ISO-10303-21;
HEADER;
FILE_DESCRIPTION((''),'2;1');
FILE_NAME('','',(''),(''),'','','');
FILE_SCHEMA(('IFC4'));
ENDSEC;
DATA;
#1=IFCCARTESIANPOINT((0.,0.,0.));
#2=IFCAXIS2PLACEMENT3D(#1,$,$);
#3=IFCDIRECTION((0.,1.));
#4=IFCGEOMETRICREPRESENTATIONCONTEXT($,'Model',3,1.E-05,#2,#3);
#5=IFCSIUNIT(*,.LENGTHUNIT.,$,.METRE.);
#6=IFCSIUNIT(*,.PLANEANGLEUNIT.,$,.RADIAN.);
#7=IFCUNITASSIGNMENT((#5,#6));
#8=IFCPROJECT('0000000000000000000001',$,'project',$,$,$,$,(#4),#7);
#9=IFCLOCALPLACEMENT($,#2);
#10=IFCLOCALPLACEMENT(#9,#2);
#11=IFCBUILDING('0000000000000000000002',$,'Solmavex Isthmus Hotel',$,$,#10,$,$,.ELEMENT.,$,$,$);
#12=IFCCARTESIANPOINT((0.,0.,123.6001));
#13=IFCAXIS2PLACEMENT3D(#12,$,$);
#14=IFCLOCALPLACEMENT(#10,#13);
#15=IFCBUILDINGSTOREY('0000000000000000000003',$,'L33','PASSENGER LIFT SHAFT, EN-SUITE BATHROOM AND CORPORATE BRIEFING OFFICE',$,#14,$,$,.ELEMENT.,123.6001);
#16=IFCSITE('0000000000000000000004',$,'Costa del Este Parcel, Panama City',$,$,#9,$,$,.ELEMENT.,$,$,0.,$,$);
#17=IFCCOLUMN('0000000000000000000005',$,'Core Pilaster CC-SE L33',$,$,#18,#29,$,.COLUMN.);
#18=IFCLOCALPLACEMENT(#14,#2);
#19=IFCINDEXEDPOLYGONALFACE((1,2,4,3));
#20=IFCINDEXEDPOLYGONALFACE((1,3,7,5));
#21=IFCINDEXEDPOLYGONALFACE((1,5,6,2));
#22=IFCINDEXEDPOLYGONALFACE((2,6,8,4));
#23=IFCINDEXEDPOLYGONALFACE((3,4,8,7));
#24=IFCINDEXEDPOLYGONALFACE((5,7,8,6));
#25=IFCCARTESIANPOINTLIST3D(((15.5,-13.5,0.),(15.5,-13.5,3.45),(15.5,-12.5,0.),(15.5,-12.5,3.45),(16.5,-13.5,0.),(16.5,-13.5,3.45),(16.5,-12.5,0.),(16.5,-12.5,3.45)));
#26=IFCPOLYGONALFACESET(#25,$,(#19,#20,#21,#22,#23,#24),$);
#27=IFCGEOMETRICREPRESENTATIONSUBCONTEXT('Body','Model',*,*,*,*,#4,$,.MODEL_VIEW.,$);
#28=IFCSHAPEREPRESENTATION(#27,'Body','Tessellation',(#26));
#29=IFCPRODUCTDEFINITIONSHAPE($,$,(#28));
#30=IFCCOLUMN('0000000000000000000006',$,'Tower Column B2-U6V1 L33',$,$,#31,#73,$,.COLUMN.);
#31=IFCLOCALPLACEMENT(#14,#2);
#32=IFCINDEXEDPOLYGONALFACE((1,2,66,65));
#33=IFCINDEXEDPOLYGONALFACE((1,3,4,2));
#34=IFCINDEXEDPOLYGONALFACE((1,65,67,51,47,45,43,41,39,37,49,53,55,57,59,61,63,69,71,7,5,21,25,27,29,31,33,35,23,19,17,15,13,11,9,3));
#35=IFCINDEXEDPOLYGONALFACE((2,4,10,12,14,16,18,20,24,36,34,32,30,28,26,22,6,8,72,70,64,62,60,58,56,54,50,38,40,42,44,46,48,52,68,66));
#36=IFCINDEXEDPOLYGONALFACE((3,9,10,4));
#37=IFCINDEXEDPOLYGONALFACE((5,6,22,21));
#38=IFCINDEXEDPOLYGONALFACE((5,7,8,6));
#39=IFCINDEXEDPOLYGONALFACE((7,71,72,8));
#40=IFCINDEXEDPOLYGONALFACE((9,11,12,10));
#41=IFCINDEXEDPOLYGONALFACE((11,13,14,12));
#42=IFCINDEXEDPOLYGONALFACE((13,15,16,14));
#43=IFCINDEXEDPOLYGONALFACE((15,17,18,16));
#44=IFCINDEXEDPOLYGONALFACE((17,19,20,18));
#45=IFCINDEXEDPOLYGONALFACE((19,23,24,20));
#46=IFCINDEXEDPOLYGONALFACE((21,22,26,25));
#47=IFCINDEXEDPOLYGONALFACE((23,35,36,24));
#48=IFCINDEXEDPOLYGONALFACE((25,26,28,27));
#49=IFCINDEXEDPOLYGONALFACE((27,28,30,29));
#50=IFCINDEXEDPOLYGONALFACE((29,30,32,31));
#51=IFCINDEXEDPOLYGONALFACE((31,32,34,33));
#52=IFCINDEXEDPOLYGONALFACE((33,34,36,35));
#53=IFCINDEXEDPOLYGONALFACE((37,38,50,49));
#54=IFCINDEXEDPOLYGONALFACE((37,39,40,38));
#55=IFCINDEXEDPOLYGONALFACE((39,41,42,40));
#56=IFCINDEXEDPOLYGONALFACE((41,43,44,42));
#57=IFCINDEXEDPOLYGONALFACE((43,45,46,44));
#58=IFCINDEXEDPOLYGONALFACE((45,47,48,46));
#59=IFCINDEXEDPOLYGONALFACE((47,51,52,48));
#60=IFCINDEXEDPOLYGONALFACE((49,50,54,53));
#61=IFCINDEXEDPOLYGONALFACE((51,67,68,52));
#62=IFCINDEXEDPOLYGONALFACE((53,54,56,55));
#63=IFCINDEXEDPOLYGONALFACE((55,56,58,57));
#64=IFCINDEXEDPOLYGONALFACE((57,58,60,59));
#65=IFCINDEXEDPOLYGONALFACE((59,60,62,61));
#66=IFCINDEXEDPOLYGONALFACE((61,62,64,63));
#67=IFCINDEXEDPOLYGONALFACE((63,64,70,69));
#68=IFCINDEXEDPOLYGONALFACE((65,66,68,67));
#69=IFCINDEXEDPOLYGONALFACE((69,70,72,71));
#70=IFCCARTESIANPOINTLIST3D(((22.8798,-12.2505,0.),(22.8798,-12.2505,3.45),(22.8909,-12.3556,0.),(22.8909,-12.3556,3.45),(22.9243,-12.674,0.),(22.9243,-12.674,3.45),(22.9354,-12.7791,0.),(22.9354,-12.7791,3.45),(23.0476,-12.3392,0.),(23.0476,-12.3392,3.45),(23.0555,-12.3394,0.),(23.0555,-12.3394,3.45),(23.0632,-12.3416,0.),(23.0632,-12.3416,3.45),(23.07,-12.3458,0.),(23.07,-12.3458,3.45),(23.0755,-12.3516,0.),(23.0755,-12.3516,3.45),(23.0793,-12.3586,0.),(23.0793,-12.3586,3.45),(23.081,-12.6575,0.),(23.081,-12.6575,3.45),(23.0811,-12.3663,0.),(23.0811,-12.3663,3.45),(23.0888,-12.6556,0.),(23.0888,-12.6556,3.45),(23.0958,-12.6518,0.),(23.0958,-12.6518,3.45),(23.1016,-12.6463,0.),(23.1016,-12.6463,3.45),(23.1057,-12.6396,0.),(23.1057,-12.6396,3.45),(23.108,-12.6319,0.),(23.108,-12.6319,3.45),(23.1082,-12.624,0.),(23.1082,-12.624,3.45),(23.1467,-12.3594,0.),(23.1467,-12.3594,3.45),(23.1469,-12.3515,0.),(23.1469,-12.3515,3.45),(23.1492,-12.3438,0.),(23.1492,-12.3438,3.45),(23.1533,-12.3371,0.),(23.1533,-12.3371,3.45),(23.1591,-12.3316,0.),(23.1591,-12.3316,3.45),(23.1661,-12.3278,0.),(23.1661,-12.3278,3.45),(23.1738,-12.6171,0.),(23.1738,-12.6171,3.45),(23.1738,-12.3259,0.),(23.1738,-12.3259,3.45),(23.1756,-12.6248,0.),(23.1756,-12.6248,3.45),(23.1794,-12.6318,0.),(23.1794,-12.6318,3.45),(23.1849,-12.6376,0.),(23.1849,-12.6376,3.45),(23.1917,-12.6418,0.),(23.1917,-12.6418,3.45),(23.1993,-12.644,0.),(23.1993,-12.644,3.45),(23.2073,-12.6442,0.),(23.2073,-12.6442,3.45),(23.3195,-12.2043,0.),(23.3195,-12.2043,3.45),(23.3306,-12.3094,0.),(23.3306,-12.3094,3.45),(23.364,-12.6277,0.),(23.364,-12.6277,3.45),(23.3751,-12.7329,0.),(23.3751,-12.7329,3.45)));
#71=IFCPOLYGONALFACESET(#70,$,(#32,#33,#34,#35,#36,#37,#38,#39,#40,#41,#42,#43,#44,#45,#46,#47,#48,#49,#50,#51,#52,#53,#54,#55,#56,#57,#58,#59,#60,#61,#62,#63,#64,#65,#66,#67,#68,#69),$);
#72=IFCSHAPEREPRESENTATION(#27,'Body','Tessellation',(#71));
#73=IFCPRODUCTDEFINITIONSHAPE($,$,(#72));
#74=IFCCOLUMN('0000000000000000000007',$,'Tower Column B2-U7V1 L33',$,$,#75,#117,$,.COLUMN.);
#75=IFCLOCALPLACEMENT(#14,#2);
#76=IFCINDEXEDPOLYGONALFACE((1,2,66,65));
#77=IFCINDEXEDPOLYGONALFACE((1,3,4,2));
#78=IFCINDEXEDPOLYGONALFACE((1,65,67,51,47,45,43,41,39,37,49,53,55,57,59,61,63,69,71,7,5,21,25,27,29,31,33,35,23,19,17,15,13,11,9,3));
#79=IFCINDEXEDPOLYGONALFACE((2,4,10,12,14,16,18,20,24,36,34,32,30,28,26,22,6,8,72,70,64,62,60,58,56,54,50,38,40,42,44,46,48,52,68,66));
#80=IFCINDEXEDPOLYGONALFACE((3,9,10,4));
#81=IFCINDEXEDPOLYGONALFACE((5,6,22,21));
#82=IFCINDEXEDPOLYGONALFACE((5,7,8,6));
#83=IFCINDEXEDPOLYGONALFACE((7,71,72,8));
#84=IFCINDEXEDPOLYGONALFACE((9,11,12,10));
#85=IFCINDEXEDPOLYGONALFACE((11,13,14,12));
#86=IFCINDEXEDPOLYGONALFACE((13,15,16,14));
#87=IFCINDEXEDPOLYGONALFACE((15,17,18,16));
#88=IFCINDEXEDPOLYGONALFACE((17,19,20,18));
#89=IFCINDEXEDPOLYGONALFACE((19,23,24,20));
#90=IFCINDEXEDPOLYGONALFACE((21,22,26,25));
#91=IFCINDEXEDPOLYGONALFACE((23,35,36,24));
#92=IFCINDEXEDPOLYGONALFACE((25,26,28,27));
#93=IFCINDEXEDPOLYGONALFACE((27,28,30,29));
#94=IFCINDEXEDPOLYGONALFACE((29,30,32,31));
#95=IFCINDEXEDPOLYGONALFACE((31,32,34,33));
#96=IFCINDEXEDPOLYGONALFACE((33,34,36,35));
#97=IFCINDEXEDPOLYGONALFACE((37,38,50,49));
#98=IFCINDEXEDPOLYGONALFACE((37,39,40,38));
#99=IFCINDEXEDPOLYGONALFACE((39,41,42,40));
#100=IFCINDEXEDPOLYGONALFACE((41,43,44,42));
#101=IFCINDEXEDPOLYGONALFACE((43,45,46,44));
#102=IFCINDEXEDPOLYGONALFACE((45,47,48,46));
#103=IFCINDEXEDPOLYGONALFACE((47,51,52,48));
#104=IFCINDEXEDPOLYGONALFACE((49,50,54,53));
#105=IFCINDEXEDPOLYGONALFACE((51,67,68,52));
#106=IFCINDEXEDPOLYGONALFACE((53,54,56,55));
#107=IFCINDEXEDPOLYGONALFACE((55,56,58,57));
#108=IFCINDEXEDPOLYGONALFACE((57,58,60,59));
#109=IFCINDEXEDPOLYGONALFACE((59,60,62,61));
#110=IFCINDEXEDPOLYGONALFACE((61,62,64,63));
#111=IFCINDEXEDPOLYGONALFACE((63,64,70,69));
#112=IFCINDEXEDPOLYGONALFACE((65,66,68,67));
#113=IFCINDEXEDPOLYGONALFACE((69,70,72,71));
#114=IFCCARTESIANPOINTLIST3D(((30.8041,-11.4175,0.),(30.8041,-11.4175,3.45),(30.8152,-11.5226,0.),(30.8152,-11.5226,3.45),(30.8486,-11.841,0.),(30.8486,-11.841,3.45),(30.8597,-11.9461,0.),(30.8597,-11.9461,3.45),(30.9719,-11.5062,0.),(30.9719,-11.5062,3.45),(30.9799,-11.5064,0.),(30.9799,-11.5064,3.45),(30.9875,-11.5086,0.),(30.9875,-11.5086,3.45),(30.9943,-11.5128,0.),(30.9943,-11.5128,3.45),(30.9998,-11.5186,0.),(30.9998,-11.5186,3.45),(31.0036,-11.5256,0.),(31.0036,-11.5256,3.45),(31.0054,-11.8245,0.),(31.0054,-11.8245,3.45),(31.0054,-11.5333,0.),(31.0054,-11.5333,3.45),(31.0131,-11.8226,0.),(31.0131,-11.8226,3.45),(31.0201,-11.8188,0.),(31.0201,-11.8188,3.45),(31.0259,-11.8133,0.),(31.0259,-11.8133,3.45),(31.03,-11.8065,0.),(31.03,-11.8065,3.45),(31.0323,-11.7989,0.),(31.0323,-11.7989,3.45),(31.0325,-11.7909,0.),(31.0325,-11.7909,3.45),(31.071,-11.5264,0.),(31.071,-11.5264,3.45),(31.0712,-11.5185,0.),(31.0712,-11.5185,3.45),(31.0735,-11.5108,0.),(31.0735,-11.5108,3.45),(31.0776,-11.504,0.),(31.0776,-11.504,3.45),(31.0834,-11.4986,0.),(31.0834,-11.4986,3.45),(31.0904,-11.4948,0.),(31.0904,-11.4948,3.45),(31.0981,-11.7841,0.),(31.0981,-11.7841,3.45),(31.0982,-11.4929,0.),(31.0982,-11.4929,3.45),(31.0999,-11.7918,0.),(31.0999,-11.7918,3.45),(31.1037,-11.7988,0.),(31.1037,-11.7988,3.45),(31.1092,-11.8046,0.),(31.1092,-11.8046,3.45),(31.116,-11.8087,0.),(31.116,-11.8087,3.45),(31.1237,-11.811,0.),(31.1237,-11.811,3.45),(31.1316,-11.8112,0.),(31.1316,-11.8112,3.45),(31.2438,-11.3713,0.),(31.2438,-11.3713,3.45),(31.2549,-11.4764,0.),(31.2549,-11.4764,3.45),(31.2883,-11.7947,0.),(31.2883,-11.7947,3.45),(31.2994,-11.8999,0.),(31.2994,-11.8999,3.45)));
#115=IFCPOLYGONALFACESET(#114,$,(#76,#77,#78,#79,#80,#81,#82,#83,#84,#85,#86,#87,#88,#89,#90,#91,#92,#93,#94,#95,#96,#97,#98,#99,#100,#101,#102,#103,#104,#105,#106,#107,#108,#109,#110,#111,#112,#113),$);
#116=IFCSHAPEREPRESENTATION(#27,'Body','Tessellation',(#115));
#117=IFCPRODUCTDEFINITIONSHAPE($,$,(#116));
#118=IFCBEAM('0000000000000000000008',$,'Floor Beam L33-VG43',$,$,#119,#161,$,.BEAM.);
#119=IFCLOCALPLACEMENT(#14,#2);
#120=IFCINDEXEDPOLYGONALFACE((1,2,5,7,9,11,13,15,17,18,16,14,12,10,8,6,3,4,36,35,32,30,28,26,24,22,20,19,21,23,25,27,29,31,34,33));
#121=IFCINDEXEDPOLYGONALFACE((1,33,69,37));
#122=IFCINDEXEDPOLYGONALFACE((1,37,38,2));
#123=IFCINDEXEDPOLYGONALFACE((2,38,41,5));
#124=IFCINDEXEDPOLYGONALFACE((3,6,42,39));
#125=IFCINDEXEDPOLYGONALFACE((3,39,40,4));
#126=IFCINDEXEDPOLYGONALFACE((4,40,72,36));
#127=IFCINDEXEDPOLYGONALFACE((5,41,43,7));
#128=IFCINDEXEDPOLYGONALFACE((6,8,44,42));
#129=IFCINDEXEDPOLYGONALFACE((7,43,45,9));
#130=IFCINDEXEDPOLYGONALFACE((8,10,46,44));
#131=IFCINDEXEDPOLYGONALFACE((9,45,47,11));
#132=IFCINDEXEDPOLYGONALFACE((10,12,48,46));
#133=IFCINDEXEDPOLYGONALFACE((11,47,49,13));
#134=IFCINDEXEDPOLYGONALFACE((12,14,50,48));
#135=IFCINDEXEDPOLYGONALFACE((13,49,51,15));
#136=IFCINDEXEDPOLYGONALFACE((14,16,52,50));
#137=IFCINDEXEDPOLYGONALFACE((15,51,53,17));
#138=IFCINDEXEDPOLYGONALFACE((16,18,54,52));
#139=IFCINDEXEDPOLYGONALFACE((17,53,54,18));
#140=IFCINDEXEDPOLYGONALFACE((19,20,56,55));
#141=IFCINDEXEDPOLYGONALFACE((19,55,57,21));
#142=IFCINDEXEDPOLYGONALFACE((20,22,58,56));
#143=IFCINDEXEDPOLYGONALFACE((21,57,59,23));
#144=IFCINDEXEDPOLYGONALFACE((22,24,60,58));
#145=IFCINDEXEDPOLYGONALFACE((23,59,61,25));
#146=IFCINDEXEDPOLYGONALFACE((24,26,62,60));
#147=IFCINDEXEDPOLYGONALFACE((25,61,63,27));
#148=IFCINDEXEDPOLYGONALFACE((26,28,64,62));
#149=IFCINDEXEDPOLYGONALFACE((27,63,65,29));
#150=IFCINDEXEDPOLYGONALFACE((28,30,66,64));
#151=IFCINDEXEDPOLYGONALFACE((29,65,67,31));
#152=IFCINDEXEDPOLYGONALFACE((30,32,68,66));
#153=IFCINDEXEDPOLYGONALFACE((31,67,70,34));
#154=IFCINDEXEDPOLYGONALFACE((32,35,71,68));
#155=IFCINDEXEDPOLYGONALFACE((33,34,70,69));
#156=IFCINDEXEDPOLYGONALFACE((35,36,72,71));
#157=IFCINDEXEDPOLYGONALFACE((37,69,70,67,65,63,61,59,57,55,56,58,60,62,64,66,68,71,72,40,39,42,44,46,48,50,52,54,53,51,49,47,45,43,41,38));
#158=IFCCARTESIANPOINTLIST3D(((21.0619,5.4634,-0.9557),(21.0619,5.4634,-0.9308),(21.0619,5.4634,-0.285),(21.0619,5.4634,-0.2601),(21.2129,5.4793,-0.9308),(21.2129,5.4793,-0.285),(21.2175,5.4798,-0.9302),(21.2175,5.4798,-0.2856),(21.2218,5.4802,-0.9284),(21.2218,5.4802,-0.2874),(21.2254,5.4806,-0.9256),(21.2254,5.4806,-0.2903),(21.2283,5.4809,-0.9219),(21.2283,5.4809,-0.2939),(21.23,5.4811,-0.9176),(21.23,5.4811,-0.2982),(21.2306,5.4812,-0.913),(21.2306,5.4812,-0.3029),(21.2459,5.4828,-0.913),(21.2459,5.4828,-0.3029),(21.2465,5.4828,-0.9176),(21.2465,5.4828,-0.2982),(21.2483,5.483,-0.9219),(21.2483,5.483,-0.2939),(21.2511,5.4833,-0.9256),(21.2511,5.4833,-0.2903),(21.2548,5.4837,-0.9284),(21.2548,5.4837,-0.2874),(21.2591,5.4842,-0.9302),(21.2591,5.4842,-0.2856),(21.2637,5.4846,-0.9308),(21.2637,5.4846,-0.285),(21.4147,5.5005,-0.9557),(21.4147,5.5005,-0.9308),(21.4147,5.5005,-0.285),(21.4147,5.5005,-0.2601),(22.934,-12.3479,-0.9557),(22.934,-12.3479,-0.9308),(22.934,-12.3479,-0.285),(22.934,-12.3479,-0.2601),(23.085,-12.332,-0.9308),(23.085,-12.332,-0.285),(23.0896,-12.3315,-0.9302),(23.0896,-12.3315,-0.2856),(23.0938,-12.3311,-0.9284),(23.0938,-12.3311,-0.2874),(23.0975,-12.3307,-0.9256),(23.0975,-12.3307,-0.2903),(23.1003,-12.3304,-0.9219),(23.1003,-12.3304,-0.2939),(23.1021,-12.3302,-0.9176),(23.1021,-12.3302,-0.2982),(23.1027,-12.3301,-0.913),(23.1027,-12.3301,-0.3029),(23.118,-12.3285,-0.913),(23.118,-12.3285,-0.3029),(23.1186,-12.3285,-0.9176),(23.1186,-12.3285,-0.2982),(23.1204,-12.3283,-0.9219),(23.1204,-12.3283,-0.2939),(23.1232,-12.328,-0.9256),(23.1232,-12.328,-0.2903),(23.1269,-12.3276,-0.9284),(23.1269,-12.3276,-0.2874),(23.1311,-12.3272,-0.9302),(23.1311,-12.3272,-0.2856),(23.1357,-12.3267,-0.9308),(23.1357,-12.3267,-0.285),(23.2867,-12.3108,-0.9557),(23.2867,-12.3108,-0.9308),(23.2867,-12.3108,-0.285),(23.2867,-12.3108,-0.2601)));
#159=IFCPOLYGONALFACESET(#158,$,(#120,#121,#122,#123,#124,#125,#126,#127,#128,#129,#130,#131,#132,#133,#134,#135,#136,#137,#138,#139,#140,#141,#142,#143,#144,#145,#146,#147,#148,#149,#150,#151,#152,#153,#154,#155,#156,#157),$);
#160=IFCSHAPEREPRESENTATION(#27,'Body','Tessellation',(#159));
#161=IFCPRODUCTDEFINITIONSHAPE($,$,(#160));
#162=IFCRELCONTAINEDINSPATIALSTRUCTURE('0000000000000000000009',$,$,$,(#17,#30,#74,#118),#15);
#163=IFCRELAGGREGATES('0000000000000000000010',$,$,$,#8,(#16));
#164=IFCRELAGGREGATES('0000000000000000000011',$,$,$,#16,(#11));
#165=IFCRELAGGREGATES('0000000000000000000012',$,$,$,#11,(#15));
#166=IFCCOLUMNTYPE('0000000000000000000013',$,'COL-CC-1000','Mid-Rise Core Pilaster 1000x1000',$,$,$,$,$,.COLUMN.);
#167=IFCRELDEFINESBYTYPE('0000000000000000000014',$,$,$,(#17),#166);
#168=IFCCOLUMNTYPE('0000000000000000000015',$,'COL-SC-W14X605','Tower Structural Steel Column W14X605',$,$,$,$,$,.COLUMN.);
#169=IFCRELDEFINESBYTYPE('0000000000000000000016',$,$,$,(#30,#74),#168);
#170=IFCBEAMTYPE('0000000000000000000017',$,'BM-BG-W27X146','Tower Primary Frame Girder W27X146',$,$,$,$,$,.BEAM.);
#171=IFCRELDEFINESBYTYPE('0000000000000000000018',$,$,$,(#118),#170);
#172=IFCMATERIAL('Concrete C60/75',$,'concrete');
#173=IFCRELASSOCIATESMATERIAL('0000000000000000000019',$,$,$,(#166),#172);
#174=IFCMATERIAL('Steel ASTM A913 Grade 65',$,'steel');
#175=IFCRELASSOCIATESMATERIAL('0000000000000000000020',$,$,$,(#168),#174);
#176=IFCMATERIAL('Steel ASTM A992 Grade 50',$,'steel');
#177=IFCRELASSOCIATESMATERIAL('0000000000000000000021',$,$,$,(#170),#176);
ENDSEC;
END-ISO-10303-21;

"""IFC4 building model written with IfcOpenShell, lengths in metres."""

from ifc_helpers import new_model, si_unit, direction, frame, origin, origin_2d, place, context, subcontext, project, spatial, rectangle, i_section, extrude, material, material_profile, profile_set, type_object, element, save


model = new_model("IFC4")

# Units and contexts
model_context = context("Model", 3, precision=1e-05, world=origin(), true_north=direction((0.0, 1.0)))
body_context = subcontext(model_context, "Body", "Model", "MODEL_VIEW")
ifc_project = project(units=[si_unit("LENGTHUNIT", "METRE"), si_unit("PLANEANGLEUNIT", "RADIAN")], contexts=[model_context])

# Site, building, storey
site_placement = place(None, origin())
site = spatial("IfcSite", under=ifc_project, at=site_placement, Name="Costa del Este Parcel, Panama City", CompositionType="ELEMENT", RefElevation=0.0)
building_placement = place(site_placement, origin())
building = spatial("IfcBuilding", under=site, at=building_placement, Name="Solmavex Isthmus Hotel", CompositionType="ELEMENT")
storey_placement = place(building_placement, frame((0.0, 0.0, 123.6001)))
storey = spatial("IfcBuildingStorey", under=building, at=storey_placement, Name="L33", Description="PASSENGER LIFT SHAFT, EN-SUITE BATHROOM AND CORPORATE BRIEFING OFFICE", CompositionType="ELEMENT", Elevation=123.6001)

# Columns
ifc_material_1 = material(Name="Concrete C60/75", Category="concrete")
ifc_material_profile_1 = material_profile(ifc_material_1, rectangle(XDim=1.0, YDim=1.0, at=origin_2d()), Name="RC1000X1000")
ifc_profile_set_1 = profile_set([ifc_material_profile_1], Name="Concrete C60/75")
column_type_1 = type_object("IfcColumnType", Name="COL-CC-1000", Description="Mid-Rise Core Pilaster 1000x1000", PredefinedType="COLUMN", material=ifc_profile_set_1)
column_placement = place(storey_placement, frame((16.0, -13.0, 0.0), z_axis=(0.0, 0.0, 1.0), x_axis=(1.0, 0.0, 0.0)))
element("IfcColumn", 1, at=column_placement, inside=storey, type_object=column_type_1, Name="Core Pilaster CC-SE L33", PredefinedType="COLUMN", context=body_context, shape_type="SweptSolid", body=[
    extrude(rectangle(XDim=1.0, YDim=1.0, at=origin_2d()), origin(), (0.0, 0.0, 1.0), 3.45),
])
ifc_material_2 = material(Name="Steel ASTM A913 Grade 65", Category="steel")
ifc_material_profile_2 = material_profile(ifc_material_2, i_section(OverallWidth=0.4421, OverallDepth=0.5315, WebThickness=0.0659, FlangeThickness=0.1057, FilletRadius=0.0305, at=origin_2d()), Name="W14X605")
ifc_profile_set_2 = profile_set([ifc_material_profile_2], Name="Steel ASTM A913 Grade 65")
column_type_2 = type_object("IfcColumnType", Name="COL-SC-W14X605", Description="Tower Structural Steel Column W14X605", PredefinedType="COLUMN", material=ifc_profile_set_2)
for number, where, z_axis, x_axis, name in (
    (2, (23.1274, -12.4917, 0.0), (0.0, 0.0, 1.0), (0.994522, 0.104528, 0.0), "Tower Column B2-U6V1 L33"),
    (3, (31.0518, -11.6587, 0.0), (0.0, 0.0, 1.0), (0.994522, 0.104528, 0.0), "Tower Column B2-U7V1 L33"),
):
    element("IfcColumn", number, at=place(storey_placement, frame(where, z_axis=z_axis, x_axis=x_axis)), inside=storey, type_object=column_type_2, Name=name, PredefinedType="COLUMN", context=body_context, shape_type="SweptSolid", body=[
        extrude(i_section(OverallWidth=0.4421, OverallDepth=0.5315, WebThickness=0.0659, FlangeThickness=0.1057, FilletRadius=0.0305, at=origin_2d()), origin(), (0.0, 0.0, 1.0), 3.45),
    ])

# Beam
ifc_material_3 = material(Name="Steel ASTM A992 Grade 50", Category="steel")
ifc_material_profile_3 = material_profile(ifc_material_3, i_section(OverallWidth=0.3547, OverallDepth=0.6956, WebThickness=0.0154, FlangeThickness=0.0249, FilletRadius=0.0178, at=origin_2d()), Name="W27X146")
ifc_profile_set_3 = profile_set([ifc_material_profile_3], Name="Steel ASTM A992 Grade 50")
beam_type_1 = type_object("IfcBeamType", Name="BM-BG-W27X146", Description="Tower Primary Frame Girder W27X146", PredefinedType="BEAM", material=ifc_profile_set_3)
beam_1_placement = place(storey_placement, frame((23.1104, -12.3293, -0.6079), z_axis=(-0.10453, 0.994522, 0.0), x_axis=(-0.994522, -0.10453, 0.0)))
element("IfcBeam", 4, at=beam_1_placement, inside=storey, type_object=beam_type_1, Name="Floor Beam L33-VG43", PredefinedType="BEAM", context=body_context, shape_type="SweptSolid", body=[
    extrude(i_section(OverallWidth=0.3547, OverallDepth=0.6956, WebThickness=0.0154, FlangeThickness=0.0249, FilletRadius=0.0178, at=origin_2d()), origin(), (0.0, 0.0, 1.0), 17.9094),
])

save(model, "model.ifc")
